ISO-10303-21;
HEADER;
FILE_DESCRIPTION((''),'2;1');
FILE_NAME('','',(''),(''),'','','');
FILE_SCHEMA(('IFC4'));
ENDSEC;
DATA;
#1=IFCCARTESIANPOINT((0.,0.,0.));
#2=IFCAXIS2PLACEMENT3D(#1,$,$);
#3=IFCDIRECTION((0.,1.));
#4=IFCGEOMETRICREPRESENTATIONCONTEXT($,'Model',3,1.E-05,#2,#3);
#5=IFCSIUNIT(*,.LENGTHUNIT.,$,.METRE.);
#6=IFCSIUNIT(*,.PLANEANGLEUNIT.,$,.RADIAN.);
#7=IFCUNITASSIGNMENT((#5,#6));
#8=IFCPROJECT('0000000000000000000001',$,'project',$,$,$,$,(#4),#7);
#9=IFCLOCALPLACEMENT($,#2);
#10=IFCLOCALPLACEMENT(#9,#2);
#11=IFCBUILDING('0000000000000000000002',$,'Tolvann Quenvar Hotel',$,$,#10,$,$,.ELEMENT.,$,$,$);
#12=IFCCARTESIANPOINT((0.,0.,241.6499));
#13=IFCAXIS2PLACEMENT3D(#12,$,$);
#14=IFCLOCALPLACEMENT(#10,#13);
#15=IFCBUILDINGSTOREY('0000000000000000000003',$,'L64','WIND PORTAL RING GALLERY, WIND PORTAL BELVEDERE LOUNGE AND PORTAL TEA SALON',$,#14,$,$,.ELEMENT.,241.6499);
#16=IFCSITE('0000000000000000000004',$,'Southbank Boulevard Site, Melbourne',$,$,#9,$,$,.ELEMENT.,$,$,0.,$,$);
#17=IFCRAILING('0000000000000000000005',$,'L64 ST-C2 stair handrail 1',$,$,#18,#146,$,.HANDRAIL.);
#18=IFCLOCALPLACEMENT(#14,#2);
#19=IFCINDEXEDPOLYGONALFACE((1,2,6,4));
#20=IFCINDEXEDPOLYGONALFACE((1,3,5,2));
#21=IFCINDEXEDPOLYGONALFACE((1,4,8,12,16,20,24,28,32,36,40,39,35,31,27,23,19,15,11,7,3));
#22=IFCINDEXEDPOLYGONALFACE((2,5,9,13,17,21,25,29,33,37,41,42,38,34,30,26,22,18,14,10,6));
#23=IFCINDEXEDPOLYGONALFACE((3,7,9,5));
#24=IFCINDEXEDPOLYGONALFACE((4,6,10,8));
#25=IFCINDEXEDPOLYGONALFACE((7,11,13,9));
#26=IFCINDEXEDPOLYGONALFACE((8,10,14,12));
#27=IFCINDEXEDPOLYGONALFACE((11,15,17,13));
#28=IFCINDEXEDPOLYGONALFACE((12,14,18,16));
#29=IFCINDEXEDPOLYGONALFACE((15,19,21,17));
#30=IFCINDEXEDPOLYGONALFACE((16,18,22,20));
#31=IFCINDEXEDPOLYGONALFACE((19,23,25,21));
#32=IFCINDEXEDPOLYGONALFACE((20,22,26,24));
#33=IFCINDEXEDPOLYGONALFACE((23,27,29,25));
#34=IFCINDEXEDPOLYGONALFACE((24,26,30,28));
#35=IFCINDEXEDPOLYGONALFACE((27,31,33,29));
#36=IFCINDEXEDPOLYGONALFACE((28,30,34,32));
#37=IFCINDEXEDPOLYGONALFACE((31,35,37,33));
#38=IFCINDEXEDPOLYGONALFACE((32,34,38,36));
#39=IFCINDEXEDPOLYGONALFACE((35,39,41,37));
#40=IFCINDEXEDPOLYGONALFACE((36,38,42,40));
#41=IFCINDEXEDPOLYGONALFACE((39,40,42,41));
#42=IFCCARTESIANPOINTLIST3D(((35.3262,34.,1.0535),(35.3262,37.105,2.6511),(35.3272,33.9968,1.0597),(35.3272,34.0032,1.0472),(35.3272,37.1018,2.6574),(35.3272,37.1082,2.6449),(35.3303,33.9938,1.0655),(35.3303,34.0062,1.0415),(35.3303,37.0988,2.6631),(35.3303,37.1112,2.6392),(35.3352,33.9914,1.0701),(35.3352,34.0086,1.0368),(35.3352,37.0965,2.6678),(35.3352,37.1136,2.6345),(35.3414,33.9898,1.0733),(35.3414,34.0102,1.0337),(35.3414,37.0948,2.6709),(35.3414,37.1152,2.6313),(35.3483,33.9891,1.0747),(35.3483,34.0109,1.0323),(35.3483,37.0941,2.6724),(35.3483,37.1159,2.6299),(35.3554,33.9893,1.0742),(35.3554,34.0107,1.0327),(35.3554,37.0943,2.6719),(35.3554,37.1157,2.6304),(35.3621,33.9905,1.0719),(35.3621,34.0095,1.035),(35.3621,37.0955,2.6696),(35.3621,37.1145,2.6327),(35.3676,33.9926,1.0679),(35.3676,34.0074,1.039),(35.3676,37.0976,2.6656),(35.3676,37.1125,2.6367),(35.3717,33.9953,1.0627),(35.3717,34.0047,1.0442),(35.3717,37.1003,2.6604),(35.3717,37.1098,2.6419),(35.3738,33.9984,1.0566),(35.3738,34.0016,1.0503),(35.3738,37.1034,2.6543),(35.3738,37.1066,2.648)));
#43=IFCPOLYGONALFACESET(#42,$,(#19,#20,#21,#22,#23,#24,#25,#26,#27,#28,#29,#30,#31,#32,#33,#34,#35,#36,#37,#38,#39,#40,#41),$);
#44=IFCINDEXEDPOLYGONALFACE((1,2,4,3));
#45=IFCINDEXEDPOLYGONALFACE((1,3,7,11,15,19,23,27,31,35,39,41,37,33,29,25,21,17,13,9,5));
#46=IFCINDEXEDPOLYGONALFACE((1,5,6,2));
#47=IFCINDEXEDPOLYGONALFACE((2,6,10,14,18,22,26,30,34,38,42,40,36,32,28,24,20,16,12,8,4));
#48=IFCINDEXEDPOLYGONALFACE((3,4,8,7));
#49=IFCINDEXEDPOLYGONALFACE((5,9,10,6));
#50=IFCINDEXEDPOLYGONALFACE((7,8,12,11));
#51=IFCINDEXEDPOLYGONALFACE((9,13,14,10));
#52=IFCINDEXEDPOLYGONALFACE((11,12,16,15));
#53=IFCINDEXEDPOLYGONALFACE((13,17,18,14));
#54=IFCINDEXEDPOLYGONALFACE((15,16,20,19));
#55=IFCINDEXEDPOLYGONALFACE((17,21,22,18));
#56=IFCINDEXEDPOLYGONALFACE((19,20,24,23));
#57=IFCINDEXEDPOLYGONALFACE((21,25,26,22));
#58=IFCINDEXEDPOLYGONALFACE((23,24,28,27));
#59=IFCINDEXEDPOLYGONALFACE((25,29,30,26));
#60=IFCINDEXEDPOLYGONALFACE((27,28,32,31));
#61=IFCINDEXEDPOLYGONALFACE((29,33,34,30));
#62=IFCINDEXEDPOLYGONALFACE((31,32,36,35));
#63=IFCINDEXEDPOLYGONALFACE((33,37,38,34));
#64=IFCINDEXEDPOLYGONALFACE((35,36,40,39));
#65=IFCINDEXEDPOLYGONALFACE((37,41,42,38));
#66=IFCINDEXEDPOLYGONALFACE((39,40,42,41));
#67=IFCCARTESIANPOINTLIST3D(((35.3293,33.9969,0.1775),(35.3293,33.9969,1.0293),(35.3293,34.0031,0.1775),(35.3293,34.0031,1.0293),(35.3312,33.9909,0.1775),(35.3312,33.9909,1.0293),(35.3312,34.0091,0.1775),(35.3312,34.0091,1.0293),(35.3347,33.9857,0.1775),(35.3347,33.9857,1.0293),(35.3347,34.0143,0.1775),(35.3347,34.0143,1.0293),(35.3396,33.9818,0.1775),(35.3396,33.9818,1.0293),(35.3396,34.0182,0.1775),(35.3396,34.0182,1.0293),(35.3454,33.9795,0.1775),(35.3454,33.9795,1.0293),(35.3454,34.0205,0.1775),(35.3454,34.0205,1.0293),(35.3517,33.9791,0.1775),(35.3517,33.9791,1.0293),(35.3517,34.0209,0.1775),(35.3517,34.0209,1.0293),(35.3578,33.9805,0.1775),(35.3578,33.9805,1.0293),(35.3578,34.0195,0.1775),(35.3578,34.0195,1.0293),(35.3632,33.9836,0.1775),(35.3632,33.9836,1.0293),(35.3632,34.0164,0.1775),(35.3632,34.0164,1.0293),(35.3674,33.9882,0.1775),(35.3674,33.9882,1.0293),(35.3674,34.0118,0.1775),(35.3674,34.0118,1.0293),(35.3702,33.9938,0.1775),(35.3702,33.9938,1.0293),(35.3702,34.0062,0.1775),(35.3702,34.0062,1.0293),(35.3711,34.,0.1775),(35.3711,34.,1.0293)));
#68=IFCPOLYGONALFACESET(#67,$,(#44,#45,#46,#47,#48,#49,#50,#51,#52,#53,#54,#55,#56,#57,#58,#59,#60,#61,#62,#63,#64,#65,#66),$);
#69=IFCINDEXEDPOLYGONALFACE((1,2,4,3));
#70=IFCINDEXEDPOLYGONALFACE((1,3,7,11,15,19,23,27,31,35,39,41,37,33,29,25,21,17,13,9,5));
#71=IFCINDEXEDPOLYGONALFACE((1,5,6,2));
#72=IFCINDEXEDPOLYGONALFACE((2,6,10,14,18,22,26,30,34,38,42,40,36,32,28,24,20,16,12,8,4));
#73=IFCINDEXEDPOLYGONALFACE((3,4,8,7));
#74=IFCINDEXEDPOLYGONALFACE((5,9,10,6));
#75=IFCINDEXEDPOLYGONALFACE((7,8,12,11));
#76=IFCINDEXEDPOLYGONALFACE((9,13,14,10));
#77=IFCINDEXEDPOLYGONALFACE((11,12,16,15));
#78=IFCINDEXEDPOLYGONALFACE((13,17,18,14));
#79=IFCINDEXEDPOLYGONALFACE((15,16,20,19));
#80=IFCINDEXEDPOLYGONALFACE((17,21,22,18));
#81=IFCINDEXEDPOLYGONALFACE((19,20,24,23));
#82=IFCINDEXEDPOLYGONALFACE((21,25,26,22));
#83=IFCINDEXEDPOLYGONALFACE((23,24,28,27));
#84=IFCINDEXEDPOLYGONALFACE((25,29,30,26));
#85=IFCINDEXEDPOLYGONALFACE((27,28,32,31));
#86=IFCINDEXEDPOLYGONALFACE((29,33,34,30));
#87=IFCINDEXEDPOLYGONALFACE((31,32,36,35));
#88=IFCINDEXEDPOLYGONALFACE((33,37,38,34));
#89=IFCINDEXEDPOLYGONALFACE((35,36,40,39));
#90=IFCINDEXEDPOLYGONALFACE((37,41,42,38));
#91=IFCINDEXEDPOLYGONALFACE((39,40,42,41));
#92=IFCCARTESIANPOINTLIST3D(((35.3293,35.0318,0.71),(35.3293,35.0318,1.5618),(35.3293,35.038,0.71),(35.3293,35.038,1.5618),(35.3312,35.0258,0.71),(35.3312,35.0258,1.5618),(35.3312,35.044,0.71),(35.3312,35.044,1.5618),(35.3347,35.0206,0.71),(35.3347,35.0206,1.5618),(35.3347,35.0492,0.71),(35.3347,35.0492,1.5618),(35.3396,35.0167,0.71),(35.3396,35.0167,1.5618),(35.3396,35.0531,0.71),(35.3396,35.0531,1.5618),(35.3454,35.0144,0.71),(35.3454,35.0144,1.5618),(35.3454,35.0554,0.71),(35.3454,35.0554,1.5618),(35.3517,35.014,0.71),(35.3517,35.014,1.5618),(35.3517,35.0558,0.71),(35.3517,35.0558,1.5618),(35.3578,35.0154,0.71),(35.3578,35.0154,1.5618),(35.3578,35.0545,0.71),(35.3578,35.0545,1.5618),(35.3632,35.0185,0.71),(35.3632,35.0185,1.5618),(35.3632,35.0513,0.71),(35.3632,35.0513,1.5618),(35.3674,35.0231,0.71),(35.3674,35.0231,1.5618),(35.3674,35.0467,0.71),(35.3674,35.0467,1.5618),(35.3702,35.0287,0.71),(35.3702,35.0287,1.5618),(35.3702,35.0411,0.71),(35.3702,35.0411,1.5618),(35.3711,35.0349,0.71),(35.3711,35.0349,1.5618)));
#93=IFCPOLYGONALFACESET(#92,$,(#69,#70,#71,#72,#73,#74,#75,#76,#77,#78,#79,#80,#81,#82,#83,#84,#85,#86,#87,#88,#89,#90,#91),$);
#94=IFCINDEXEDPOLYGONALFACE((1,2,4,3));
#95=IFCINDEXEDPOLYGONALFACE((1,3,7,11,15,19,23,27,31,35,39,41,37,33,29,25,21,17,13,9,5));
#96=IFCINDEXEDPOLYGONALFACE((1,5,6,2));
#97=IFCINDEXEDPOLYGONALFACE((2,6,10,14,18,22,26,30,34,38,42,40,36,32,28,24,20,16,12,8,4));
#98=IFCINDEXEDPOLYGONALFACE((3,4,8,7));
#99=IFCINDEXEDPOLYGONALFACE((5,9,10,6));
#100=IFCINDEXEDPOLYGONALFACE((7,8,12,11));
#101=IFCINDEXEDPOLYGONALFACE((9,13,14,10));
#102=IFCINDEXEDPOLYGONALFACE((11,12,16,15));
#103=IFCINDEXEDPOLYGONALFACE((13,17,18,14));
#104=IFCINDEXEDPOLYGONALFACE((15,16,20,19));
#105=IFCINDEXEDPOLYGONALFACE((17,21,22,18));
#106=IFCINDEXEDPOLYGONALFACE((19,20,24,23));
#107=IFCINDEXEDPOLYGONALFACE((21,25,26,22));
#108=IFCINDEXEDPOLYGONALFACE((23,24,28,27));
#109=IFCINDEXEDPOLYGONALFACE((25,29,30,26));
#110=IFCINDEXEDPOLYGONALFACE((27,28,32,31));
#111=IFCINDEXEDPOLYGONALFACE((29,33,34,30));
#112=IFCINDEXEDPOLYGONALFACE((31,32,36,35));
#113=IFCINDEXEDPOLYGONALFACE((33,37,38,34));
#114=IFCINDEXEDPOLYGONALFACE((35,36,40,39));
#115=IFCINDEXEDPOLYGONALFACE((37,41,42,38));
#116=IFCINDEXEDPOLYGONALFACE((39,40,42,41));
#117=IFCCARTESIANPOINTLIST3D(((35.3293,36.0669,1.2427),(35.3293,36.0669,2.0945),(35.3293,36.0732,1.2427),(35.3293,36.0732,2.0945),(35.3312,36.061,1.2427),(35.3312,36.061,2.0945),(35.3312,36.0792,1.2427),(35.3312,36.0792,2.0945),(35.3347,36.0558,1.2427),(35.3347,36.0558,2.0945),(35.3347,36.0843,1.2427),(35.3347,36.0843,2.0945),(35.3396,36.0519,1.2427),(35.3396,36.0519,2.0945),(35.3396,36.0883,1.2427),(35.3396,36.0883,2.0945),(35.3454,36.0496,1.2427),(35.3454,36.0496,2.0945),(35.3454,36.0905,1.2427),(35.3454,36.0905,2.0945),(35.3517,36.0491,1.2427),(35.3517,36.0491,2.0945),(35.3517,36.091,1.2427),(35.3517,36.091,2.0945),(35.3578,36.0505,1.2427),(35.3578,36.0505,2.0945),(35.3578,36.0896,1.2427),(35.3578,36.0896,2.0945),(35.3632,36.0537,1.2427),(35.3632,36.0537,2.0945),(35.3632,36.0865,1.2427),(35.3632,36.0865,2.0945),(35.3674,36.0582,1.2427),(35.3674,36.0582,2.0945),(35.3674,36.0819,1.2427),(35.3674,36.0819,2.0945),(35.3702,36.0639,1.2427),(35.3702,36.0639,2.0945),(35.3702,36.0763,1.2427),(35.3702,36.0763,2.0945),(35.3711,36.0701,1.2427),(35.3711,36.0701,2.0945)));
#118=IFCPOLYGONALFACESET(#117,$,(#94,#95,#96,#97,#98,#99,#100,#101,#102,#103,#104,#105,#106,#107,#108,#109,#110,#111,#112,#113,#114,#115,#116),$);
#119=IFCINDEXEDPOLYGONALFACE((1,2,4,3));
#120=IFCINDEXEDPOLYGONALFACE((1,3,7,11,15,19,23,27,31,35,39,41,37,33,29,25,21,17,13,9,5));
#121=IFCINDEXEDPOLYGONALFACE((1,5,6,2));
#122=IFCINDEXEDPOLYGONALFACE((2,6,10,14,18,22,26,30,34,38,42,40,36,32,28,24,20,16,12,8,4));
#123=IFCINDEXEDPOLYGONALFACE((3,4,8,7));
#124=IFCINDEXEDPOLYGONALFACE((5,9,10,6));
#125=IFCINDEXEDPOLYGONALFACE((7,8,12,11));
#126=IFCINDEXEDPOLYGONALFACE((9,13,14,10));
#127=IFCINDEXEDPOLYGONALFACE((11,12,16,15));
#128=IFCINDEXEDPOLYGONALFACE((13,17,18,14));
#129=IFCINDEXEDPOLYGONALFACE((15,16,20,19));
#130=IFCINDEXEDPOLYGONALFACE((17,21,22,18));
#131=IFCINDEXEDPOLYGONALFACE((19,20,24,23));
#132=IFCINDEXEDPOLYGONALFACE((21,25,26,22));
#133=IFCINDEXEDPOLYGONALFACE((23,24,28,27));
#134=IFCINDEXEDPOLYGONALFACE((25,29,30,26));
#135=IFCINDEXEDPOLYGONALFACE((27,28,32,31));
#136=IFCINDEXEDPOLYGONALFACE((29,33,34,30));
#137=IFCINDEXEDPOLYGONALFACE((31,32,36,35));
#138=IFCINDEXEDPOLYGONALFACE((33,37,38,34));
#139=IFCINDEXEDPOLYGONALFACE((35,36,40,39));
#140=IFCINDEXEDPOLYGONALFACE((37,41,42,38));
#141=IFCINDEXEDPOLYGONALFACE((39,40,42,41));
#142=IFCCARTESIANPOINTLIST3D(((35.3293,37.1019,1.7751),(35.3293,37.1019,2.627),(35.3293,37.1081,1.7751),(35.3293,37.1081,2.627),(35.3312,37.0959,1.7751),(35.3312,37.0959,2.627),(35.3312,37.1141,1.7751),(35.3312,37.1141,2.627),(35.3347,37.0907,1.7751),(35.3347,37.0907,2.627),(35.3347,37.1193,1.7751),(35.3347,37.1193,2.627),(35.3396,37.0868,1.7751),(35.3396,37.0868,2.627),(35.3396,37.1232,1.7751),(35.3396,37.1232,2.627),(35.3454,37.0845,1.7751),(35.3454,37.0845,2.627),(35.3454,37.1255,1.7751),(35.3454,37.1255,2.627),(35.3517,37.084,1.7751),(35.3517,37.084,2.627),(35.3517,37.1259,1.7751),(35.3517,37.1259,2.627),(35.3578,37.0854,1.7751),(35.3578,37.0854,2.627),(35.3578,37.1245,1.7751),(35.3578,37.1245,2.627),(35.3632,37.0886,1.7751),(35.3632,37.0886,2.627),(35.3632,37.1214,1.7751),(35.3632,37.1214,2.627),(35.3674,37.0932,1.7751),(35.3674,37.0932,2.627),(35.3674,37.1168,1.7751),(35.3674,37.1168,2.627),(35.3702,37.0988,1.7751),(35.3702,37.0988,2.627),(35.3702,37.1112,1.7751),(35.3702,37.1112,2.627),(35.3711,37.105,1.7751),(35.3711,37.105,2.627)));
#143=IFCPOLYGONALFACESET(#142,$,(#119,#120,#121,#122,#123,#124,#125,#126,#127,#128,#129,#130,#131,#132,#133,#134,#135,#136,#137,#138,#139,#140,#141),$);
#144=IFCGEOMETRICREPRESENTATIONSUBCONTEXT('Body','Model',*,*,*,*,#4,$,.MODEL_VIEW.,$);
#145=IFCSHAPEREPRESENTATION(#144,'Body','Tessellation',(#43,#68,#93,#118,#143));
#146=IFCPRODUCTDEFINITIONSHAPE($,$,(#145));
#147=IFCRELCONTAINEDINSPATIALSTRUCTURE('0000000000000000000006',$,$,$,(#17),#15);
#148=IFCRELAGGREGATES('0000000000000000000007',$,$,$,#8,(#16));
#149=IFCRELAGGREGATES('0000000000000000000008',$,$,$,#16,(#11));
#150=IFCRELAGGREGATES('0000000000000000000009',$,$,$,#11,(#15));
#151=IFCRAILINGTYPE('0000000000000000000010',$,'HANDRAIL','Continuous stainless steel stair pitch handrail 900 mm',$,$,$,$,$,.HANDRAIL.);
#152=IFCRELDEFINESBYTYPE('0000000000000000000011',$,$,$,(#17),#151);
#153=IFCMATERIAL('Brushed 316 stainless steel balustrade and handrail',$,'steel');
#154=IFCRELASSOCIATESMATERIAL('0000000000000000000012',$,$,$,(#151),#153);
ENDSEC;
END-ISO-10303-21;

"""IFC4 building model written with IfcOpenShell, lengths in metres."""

from ifc_helpers import new_model, si_unit, direction, frame, origin, origin_2d, place, context, subcontext, project, spatial, circle, extrude, material, type_object, element, save


model = new_model("IFC4")

# Units and contexts
model_context = context("Model", 3, precision=1e-05, world=origin(), true_north=direction((0.0, 1.0)))
body_context = subcontext(model_context, "Body", "Model", "MODEL_VIEW")
ifc_project = project(units=[si_unit("LENGTHUNIT", "METRE"), si_unit("PLANEANGLEUNIT", "RADIAN")], contexts=[model_context])

# Site, building, storey
site_placement = place(None, origin())
site = spatial("IfcSite", under=ifc_project, at=site_placement, Name="Southbank Boulevard Site, Melbourne", CompositionType="ELEMENT", RefElevation=0.0)
building_placement = place(site_placement, origin())
building = spatial("IfcBuilding", under=site, at=building_placement, Name="Tolvann Quenvar Hotel", CompositionType="ELEMENT")
storey_placement = place(building_placement, frame((0.0, 0.0, 241.6499)))
storey = spatial("IfcBuildingStorey", under=building, at=storey_placement, Name="L64", Description="WIND PORTAL RING GALLERY, WIND PORTAL BELVEDERE LOUNGE AND PORTAL TEA SALON", CompositionType="ELEMENT", Elevation=241.6499)

# Railing
ifc_material_1 = material(Name="Brushed 316 stainless steel balustrade and handrail", Category="steel")
railing_type_1 = type_object("IfcRailingType", Name="HANDRAIL", Description="Continuous stainless steel stair pitch handrail 900 mm", PredefinedType="HANDRAIL", material=ifc_material_1)
railing_1_placement = place(storey_placement, frame((35.3501, 34.0, 0.1775)))
element("IfcRailing", 1, at=railing_1_placement, inside=storey, type_object=railing_type_1, Name="L64 ST-C2 stair handrail 1", PredefinedType="HANDRAIL", context=body_context, shape_type="SweptSolid", body=[
    extrude(circle(Radius=0.0239, at=origin_2d()), frame((0.0, 0.0, 0.876), z_axis=(0.0, 0.889194, 0.457531), x_axis=(-1.0, 0.0, 0.0)), (0.0, 0.0, 1.0), 3.4919),
    extrude(circle(Radius=0.021, at=origin_2d()), origin(), (0.0, 0.0, 1.0), 0.8518),
    extrude(circle(Radius=0.021, at=origin_2d()), frame((0.0, 1.0349, 0.5325)), (0.0, 0.0, 1.0), 0.8518),
    extrude(circle(Radius=0.021, at=origin_2d()), frame((0.0, 2.0701, 1.0652)), (0.0, 0.0, 1.0), 0.8518),
    extrude(circle(Radius=0.021, at=origin_2d()), frame((0.0, 3.105, 1.5977)), (0.0, 0.0, 1.0), 0.8518),
])

save(model, "model.ifc")
